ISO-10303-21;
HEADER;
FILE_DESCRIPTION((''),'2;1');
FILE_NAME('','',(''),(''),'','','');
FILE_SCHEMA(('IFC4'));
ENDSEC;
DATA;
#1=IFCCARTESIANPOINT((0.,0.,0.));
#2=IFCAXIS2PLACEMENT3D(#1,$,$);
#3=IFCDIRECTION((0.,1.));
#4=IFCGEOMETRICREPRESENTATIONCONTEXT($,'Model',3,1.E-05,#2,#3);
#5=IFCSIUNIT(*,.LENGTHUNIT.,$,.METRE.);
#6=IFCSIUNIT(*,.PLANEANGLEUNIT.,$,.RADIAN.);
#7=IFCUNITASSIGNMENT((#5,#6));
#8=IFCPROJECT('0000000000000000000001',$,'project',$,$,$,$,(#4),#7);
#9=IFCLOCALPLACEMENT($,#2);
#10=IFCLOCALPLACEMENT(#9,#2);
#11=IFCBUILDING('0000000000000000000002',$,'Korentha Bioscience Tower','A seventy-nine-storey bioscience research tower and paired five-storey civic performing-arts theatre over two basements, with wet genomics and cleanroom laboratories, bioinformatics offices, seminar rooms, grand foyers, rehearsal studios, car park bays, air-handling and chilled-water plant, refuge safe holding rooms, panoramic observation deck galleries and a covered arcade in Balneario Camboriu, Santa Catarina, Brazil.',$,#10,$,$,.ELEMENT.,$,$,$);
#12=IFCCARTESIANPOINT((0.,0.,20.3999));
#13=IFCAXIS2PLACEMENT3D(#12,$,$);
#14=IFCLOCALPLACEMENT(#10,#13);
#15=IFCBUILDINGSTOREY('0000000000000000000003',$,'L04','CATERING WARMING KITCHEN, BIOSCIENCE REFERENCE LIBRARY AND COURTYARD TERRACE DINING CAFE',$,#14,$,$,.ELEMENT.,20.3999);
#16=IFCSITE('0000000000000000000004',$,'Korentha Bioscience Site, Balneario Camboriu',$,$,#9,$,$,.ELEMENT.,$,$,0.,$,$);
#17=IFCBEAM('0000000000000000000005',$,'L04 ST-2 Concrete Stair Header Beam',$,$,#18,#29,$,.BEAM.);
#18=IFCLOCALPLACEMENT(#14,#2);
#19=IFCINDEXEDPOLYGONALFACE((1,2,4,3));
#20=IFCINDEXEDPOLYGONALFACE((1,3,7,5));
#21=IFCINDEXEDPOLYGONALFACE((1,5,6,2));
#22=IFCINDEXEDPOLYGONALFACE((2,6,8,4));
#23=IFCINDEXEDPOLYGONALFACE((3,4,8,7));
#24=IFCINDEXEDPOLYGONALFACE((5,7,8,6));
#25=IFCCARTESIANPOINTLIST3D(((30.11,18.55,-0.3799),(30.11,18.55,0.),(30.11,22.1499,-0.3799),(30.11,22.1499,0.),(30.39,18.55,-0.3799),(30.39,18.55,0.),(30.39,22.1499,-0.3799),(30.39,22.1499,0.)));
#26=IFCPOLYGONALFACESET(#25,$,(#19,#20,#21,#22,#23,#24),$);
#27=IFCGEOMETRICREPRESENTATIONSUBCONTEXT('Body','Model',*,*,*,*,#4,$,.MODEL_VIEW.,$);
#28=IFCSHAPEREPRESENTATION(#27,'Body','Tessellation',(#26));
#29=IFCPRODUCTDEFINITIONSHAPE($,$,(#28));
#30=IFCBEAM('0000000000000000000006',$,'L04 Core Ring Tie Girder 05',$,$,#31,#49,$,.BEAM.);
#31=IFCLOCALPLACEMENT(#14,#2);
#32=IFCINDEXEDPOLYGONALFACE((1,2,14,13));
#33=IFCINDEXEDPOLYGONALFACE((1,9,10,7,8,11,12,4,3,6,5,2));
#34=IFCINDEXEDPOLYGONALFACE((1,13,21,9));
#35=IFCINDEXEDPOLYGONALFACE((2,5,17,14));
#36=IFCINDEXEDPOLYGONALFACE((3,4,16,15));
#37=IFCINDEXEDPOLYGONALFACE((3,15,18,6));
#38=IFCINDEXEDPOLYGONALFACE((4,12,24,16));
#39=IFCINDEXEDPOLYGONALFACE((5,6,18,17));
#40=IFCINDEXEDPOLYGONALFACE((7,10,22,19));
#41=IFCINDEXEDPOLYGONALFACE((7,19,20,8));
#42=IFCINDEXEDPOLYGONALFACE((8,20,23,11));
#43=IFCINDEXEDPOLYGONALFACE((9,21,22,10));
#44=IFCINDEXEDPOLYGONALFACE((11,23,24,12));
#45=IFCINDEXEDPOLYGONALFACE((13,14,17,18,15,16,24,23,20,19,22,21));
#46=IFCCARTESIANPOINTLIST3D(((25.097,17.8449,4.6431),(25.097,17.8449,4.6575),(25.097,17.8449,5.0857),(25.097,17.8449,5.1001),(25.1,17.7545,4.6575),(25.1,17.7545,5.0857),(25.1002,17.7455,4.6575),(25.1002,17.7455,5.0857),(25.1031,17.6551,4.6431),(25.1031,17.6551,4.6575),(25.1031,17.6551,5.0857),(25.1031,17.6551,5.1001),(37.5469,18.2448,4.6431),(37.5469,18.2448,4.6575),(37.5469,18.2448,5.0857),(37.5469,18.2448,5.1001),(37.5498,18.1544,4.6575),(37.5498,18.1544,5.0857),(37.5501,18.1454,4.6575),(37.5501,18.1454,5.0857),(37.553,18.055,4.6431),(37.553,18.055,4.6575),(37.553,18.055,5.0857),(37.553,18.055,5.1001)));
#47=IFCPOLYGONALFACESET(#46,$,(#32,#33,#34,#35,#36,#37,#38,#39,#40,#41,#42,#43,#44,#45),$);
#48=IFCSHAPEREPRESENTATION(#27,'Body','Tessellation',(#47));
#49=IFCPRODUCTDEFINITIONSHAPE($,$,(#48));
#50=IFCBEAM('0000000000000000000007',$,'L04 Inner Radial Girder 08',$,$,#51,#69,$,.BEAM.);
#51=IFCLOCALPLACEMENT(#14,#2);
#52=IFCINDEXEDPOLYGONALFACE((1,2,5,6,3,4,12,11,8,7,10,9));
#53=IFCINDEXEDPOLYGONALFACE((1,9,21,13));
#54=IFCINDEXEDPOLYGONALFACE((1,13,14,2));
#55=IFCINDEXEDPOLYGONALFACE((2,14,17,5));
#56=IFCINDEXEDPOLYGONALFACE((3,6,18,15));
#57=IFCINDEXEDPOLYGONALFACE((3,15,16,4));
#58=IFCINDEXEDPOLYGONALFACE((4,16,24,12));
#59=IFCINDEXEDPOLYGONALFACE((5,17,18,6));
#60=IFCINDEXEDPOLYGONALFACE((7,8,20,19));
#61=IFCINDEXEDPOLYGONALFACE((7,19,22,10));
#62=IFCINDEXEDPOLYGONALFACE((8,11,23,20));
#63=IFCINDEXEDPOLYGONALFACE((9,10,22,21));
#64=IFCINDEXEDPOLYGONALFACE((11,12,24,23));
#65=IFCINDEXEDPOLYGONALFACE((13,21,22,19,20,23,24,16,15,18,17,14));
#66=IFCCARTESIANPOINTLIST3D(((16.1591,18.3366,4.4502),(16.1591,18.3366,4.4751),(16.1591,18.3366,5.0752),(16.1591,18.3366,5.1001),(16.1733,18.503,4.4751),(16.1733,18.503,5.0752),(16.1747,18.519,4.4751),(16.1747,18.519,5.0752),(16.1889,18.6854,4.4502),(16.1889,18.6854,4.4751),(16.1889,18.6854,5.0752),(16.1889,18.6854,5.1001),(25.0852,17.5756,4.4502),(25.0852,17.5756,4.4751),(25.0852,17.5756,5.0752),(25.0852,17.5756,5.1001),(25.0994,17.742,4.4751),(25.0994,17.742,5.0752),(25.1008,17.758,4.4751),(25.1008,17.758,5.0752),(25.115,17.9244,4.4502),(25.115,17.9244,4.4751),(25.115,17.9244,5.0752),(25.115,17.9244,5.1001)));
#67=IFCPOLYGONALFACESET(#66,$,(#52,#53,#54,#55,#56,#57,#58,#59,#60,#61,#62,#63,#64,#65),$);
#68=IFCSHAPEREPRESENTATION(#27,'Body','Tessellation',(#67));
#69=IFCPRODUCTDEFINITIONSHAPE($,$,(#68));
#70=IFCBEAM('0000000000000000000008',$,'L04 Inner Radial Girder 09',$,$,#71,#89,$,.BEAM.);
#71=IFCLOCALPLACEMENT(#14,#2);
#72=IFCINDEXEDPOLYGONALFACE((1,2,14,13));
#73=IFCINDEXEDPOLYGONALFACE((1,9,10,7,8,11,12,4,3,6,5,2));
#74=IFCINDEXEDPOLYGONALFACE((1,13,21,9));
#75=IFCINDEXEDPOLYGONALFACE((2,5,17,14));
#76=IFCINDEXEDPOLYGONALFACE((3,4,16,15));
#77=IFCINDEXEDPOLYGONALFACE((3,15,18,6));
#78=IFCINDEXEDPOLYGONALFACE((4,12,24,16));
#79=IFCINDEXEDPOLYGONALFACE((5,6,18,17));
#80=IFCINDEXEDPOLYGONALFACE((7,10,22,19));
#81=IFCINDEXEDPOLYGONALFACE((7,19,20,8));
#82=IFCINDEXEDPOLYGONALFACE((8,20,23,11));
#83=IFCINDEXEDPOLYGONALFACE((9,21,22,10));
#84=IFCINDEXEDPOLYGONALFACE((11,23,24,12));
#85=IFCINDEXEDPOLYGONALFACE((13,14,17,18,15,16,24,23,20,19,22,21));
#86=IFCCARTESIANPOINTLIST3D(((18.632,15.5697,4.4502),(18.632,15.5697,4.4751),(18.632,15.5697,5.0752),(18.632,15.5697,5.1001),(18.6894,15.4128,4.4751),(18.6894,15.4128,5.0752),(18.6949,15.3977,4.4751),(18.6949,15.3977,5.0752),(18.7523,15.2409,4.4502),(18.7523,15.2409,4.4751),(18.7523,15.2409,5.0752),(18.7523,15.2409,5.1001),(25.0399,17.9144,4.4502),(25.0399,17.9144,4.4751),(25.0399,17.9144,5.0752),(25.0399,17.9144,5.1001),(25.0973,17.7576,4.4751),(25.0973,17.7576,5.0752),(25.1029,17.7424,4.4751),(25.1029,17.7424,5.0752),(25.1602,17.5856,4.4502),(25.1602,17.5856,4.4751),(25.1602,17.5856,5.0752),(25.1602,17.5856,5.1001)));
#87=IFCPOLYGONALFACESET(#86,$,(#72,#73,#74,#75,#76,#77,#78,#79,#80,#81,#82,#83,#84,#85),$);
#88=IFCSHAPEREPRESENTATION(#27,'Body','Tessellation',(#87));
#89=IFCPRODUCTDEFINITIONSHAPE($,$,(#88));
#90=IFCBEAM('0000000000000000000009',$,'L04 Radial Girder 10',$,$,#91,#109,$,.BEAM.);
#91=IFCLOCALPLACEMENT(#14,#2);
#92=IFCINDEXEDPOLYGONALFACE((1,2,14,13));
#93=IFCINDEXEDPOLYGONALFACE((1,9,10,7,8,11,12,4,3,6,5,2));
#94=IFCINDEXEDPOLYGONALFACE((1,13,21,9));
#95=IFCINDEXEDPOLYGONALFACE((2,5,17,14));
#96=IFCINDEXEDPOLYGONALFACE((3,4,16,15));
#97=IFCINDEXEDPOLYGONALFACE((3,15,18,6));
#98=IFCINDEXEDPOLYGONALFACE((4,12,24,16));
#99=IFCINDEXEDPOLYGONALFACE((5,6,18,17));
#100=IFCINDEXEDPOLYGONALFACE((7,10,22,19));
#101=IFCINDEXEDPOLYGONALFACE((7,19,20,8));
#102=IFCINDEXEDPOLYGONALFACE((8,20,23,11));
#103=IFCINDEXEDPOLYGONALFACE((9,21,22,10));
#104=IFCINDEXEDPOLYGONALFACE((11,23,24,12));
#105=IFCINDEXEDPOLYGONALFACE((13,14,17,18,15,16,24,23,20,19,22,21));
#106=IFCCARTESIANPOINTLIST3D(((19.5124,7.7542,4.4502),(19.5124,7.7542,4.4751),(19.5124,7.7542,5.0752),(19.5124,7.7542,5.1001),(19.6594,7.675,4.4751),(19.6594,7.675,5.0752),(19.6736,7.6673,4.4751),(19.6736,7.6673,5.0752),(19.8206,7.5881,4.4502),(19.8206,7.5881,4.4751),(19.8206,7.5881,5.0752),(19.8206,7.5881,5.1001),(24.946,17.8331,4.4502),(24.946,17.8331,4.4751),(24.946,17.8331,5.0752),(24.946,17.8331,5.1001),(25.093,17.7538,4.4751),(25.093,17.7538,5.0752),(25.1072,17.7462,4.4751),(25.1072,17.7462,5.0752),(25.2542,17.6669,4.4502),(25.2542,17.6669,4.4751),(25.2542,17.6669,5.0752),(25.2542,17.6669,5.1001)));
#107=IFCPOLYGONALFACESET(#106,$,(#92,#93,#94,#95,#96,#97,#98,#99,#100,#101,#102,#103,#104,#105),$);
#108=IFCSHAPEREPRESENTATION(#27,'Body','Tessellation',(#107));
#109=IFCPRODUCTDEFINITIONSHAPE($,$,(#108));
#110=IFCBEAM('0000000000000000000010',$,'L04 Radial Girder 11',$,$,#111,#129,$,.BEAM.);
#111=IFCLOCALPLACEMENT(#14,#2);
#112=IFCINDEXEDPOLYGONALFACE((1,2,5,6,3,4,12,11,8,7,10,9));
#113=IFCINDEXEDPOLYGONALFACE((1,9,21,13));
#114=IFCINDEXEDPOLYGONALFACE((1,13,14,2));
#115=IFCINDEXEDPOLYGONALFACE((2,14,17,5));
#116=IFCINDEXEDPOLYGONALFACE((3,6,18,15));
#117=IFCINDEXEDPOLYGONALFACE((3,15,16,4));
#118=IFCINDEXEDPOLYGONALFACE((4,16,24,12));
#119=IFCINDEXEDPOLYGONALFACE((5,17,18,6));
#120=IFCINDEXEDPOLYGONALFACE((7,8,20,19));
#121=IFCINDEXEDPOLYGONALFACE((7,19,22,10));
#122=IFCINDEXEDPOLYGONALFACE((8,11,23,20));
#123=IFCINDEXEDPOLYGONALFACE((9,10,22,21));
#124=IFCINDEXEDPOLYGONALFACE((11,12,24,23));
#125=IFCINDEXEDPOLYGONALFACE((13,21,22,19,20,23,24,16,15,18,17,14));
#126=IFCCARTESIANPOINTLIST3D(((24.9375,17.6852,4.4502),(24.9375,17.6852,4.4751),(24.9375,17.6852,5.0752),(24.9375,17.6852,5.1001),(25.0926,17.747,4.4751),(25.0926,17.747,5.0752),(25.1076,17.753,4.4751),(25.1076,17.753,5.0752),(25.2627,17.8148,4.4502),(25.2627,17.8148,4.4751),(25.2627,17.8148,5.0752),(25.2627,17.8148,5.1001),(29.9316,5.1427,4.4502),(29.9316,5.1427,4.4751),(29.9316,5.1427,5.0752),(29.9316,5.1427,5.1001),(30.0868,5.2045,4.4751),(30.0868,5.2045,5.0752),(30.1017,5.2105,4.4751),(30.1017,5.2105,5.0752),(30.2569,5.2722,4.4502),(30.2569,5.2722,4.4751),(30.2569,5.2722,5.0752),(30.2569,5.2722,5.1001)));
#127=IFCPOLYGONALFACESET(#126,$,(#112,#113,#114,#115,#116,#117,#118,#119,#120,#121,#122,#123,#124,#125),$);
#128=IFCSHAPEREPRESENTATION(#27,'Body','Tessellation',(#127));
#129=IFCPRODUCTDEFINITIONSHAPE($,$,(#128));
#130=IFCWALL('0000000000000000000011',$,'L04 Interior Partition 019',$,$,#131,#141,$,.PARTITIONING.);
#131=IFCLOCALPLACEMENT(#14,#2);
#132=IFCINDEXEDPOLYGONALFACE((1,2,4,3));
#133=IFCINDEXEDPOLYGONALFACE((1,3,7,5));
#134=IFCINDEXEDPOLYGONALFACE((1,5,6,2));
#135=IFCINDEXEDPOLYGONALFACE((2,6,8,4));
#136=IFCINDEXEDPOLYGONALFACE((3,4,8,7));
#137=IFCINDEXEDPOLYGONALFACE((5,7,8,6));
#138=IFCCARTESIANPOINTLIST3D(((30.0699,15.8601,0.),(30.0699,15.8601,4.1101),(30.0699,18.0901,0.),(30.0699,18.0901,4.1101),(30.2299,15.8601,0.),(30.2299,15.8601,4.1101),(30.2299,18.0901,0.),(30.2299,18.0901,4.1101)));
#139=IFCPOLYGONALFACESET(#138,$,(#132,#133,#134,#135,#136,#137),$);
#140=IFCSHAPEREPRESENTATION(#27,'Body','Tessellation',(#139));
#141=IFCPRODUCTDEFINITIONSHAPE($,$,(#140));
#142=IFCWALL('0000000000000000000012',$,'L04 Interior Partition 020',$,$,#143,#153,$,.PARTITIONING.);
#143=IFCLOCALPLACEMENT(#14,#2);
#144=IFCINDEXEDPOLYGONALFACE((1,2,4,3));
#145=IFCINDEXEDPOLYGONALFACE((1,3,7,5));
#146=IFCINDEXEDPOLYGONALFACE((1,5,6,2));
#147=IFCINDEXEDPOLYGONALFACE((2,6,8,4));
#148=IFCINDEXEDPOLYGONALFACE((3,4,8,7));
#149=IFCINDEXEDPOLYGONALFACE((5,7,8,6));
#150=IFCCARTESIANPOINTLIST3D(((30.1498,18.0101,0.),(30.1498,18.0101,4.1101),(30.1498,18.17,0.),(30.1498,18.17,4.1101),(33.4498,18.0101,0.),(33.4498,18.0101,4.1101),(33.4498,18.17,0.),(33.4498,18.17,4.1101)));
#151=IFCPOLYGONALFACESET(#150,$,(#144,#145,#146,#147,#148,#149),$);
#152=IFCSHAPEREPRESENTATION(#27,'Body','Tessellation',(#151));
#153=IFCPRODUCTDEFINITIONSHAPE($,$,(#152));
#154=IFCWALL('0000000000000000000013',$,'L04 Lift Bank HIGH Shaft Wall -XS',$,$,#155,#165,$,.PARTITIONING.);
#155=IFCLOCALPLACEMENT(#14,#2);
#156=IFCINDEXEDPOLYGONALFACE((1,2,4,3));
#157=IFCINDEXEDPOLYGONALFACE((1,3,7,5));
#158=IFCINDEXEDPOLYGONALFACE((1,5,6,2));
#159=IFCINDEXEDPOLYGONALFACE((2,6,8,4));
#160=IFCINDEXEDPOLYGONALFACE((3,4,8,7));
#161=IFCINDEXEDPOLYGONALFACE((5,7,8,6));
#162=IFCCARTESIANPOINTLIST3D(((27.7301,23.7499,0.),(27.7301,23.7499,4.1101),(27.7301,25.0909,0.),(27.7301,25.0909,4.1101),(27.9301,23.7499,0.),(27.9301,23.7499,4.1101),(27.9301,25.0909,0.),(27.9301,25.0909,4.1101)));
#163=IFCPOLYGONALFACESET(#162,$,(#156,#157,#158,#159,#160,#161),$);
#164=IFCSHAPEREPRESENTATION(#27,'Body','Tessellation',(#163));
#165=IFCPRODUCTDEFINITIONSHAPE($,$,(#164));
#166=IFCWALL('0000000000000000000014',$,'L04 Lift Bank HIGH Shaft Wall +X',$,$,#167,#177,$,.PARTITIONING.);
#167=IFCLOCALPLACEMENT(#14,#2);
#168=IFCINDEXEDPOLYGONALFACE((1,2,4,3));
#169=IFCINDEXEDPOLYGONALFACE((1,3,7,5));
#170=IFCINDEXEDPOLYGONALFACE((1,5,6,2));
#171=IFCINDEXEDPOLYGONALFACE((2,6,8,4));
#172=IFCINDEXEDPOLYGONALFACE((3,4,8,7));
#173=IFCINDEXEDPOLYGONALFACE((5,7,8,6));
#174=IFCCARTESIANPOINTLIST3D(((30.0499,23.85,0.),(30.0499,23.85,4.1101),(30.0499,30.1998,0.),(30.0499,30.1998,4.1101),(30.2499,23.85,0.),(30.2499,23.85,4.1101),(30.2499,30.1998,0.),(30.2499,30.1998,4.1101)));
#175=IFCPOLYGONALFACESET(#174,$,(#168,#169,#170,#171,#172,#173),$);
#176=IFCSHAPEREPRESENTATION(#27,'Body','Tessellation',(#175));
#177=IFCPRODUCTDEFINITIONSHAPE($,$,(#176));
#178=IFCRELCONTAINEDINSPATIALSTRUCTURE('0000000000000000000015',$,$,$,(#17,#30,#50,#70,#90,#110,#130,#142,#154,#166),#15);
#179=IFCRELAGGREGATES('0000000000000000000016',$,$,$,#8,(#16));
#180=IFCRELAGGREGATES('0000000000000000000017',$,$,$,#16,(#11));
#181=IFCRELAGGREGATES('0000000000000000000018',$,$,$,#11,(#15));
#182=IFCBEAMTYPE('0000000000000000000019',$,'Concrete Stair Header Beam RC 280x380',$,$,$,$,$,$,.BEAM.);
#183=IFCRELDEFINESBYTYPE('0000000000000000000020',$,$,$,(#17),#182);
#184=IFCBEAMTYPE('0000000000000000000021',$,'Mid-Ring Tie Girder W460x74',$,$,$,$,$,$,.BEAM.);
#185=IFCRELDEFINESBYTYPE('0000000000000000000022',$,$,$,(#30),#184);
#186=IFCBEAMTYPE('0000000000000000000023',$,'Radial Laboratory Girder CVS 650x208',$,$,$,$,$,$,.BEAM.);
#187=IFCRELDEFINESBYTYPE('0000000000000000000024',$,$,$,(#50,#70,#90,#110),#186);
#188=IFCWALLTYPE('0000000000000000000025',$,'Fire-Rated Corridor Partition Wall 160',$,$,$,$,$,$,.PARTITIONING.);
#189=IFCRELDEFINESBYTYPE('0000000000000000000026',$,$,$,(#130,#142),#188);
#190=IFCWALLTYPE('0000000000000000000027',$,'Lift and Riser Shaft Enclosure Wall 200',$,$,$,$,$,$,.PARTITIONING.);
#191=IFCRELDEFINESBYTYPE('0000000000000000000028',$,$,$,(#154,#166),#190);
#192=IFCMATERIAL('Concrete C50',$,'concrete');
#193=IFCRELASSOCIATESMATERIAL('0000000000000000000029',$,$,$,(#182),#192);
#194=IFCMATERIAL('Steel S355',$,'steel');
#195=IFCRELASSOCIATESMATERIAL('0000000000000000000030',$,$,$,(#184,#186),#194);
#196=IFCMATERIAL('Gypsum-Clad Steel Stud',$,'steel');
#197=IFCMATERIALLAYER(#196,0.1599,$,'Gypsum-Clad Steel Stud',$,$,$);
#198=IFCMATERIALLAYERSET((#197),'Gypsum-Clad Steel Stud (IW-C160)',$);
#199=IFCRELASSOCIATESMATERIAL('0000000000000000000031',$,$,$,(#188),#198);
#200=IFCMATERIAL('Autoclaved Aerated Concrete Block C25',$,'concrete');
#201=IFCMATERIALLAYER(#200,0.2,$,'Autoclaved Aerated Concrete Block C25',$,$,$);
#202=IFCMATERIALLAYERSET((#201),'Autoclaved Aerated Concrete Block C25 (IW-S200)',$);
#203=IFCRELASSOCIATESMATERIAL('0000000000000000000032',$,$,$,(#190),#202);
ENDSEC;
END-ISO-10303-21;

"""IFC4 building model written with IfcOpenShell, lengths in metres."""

from ifc_helpers import new_model, si_unit, direction, frame, frame_2d, origin, origin_2d, place, context, subcontext, project, spatial, rectangle, i_section, extrude, material, layer, layer_set, material_profile, profile_set, type_object, element, save


model = new_model("IFC4")

# Units and contexts
model_context = context("Model", 3, precision=1e-05, world=origin(), true_north=direction((0.0, 1.0)))
body_context = subcontext(model_context, "Body", "Model", "MODEL_VIEW")
ifc_project = project(units=[si_unit("LENGTHUNIT", "METRE"), si_unit("PLANEANGLEUNIT", "RADIAN")], contexts=[model_context])

# Site, building, storey
site_placement = place(None, origin())
site = spatial("IfcSite", under=ifc_project, at=site_placement, Name="Korentha Bioscience Site, Balneario Camboriu", CompositionType="ELEMENT", RefElevation=0.0)
building_placement = place(site_placement, origin())
building = spatial("IfcBuilding", under=site, at=building_placement, Name="Korentha Bioscience Tower", Description="A seventy-nine-storey bioscience research tower and paired five-storey civic performing-arts theatre over two basements, with wet genomics and cleanroom laboratories, bioinformatics offices, seminar rooms, grand foyers, rehearsal studios, car park bays, air-handling and chilled-water plant, refuge safe holding rooms, panoramic observation deck galleries and a covered arcade in Balneario Camboriu, Santa Catarina, Brazil.", CompositionType="ELEMENT")
storey_placement = place(building_placement, frame((0.0, 0.0, 20.3999)))
storey = spatial("IfcBuildingStorey", under=building, at=storey_placement, Name="L04", Description="CATERING WARMING KITCHEN, BIOSCIENCE REFERENCE LIBRARY AND COURTYARD TERRACE DINING CAFE", CompositionType="ELEMENT", Elevation=20.3999)

# Beams
ifc_material_1 = material(Name="Concrete C50", Category="concrete")
ifc_material_profile_1 = material_profile(ifc_material_1, rectangle(XDim=0.28, YDim=0.3799, at=origin_2d()), Name="Concrete C50")
ifc_profile_set_1 = profile_set([ifc_material_profile_1], Name="Concrete C50 (ST-HB380)")
beam_type_1 = type_object("IfcBeamType", Name="Concrete Stair Header Beam RC 280x380", PredefinedType="BEAM", material=ifc_profile_set_1)
beam_1_placement = place(storey_placement, frame((30.25, 18.55, -0.1899), z_axis=(0.0, 1.0, 0.0), x_axis=(-1.0, 0.0, 0.0)))
element("IfcBeam", 1, at=beam_1_placement, inside=storey, type_object=beam_type_1, Name="L04 ST-2 Concrete Stair Header Beam", PredefinedType="BEAM", context=body_context, shape_type="SweptSolid", body=[
    extrude(rectangle(XDim=0.28, YDim=0.3799, at=origin_2d()), origin(), (0.0, 0.0, 1.0), 3.5999),
])
ifc_material_2 = material(Name="Steel S355", Category="steel")
ifc_material_profile_2 = material_profile(ifc_material_2, i_section(OverallWidth=0.1899, OverallDepth=0.457, WebThickness=0.009, FlangeThickness=0.0144, at=origin_2d()), Name="Steel S355")
ifc_profile_set_2 = profile_set([ifc_material_profile_2], Name="Steel S355 (MB-460)")
beam_type_2 = type_object("IfcBeamType", Name="Mid-Ring Tie Girder W460x74", PredefinedType="BEAM", material=ifc_profile_set_2)
beam_2_placement = place(storey_placement, frame((25.1001, 17.75, 4.8716), z_axis=(0.999485, 0.032104, 0.0), x_axis=(-0.032104, 0.999485, 0.0)))
element("IfcBeam", 2, at=beam_2_placement, inside=storey, type_object=beam_type_2, Name="L04 Core Ring Tie Girder 05", PredefinedType="BEAM", context=body_context, shape_type="SweptSolid", body=[
    extrude(i_section(OverallWidth=0.1899, OverallDepth=0.457, WebThickness=0.009, FlangeThickness=0.0144, at=origin_2d()), origin(), (0.0, 0.0, 1.0), 12.4563),
])
ifc_material_profile_3 = material_profile(ifc_material_2, i_section(OverallWidth=0.3501, OverallDepth=0.6499, WebThickness=0.0161, FlangeThickness=0.0249, at=origin_2d()), Name="Steel S355")
ifc_profile_set_3 = profile_set([ifc_material_profile_3], Name="Steel S355 (RB-650)")
beam_type_3 = type_object("IfcBeamType", Name="Radial Laboratory Girder CVS 650x208", PredefinedType="BEAM", material=ifc_profile_set_3)
beam_3_placement = place(storey_placement, frame((25.1001, 17.75, 4.7751), z_axis=(-0.996386, 0.084947, 0.0), x_axis=(-0.084947, -0.996386, 0.0)))
element("IfcBeam", 3, at=beam_3_placement, inside=storey, type_object=beam_type_3, Name="L04 Inner Radial Girder 08", PredefinedType="BEAM", context=body_context, shape_type="SweptSolid", body=[
    extrude(i_section(OverallWidth=0.3501, OverallDepth=0.6499, WebThickness=0.0161, FlangeThickness=0.0249, at=origin_2d()), origin(), (0.0, 0.0, 1.0), 8.9585),
])
beam_4_placement = place(storey_placement, frame((25.1001, 17.75, 4.7751), z_axis=(-0.939106, -0.343627, 0.0), x_axis=(0.343627, -0.939106, 0.0)))
element("IfcBeam", 4, at=beam_4_placement, inside=storey, type_object=beam_type_3, Name="L04 Inner Radial Girder 09", PredefinedType="BEAM", context=body_context, shape_type="SweptSolid", body=[
    extrude(i_section(OverallWidth=0.3501, OverallDepth=0.6499, WebThickness=0.0161, FlangeThickness=0.0249, at=origin_2d()), origin(), (0.0, 0.0, 1.0), 6.8235),
])
beam_5_placement = place(storey_placement, frame((25.1001, 17.75, 4.7751), z_axis=(-0.474541, -0.880233, 0.0), x_axis=(0.880233, -0.474541, 0.0)))
element("IfcBeam", 5, at=beam_5_placement, inside=storey, type_object=beam_type_3, Name="L04 Radial Girder 10", PredefinedType="BEAM", context=body_context, shape_type="SweptSolid", body=[
    extrude(i_section(OverallWidth=0.3501, OverallDepth=0.6499, WebThickness=0.0161, FlangeThickness=0.0249, at=origin_2d()), origin(), (0.0, 0.0, 1.0), 11.4502),
])
beam_6_placement = place(storey_placement, frame((25.1001, 17.75, 4.7751), z_axis=(0.369931, -0.929059, 0.0), x_axis=(0.929059, 0.369931, 0.0)))
element("IfcBeam", 6, at=beam_6_placement, inside=storey, type_object=beam_type_3, Name="L04 Radial Girder 11", PredefinedType="BEAM", context=body_context, shape_type="SweptSolid", body=[
    extrude(i_section(OverallWidth=0.3501, OverallDepth=0.6499, WebThickness=0.0161, FlangeThickness=0.0249, at=origin_2d()), origin(), (0.0, 0.0, 1.0), 13.5002),
])

# Walls
ifc_material_3 = material(Name="Gypsum-Clad Steel Stud", Category="steel")
ifc_layer_1 = layer(ifc_material_3, 0.1599, Name="Gypsum-Clad Steel Stud")
ifc_layer_set_1 = layer_set([ifc_layer_1], Name="Gypsum-Clad Steel Stud (IW-C160)")
wall_type_1 = type_object("IfcWallType", Name="Fire-Rated Corridor Partition Wall 160", PredefinedType="PARTITIONING", material=ifc_layer_set_1)
wall_1_placement = place(storey_placement, frame((30.1499, 15.8601, 0.0), z_axis=(0.0, 0.0, 1.0), x_axis=(0.0, 1.0, 0.0)))
element("IfcWall", 7, at=wall_1_placement, inside=storey, type_object=wall_type_1, Name="L04 Interior Partition 019", PredefinedType="PARTITIONING", context=body_context, shape_type="SweptSolid", body=[
    extrude(rectangle(XDim=2.23, YDim=0.1599, at=frame_2d((1.115, 0.0))), origin(), (0.0, 0.0, 1.0), 4.1101),
])
wall_2_placement = place(storey_placement, frame((30.1499, 18.0901, 0.0), z_axis=(0.0, 0.0, 1.0), x_axis=(1.0, 0.0, 0.0)))
element("IfcWall", 8, at=wall_2_placement, inside=storey, type_object=wall_type_1, Name="L04 Interior Partition 020", PredefinedType="PARTITIONING", context=body_context, shape_type="SweptSolid", body=[
    extrude(rectangle(XDim=3.3, YDim=0.1599, at=frame_2d((1.6499, 0.0))), origin(), (0.0, 0.0, 1.0), 4.1101),
])
ifc_material_4 = material(Name="Autoclaved Aerated Concrete Block C25", Category="concrete")
ifc_layer_2 = layer(ifc_material_4, 0.2, Name="Autoclaved Aerated Concrete Block C25")
ifc_layer_set_2 = layer_set([ifc_layer_2], Name="Autoclaved Aerated Concrete Block C25 (IW-S200)")
wall_type_2 = type_object("IfcWallType", Name="Lift and Riser Shaft Enclosure Wall 200", PredefinedType="PARTITIONING", material=ifc_layer_set_2)
wall_3_placement = place(storey_placement, frame((27.8301, 23.75, 0.0), z_axis=(0.0, 0.0, 1.0), x_axis=(0.0, 1.0, 0.0)))
element("IfcWall", 9, at=wall_3_placement, inside=storey, type_object=wall_type_2, Name="L04 Lift Bank HIGH Shaft Wall -XS", PredefinedType="PARTITIONING", context=body_context, shape_type="SweptSolid", body=[
    extrude(rectangle(XDim=1.3411, YDim=0.2, at=frame_2d((0.6704, 0.0))), origin(), (0.0, 0.0, 1.0), 4.1101),
])
wall_4_placement = place(storey_placement, frame((30.1499, 23.8501, 0.0), z_axis=(0.0, 0.0, 1.0), x_axis=(0.0, 1.0, 0.0)))
element("IfcWall", 10, at=wall_4_placement, inside=storey, type_object=wall_type_2, Name="L04 Lift Bank HIGH Shaft Wall +X", PredefinedType="PARTITIONING", context=body_context, shape_type="SweptSolid", body=[
    extrude(rectangle(XDim=6.3499, YDim=0.2, at=frame_2d((3.1748, 0.0))), origin(), (0.0, 0.0, 1.0), 4.1101),
])

save(model, "model.ifc")
